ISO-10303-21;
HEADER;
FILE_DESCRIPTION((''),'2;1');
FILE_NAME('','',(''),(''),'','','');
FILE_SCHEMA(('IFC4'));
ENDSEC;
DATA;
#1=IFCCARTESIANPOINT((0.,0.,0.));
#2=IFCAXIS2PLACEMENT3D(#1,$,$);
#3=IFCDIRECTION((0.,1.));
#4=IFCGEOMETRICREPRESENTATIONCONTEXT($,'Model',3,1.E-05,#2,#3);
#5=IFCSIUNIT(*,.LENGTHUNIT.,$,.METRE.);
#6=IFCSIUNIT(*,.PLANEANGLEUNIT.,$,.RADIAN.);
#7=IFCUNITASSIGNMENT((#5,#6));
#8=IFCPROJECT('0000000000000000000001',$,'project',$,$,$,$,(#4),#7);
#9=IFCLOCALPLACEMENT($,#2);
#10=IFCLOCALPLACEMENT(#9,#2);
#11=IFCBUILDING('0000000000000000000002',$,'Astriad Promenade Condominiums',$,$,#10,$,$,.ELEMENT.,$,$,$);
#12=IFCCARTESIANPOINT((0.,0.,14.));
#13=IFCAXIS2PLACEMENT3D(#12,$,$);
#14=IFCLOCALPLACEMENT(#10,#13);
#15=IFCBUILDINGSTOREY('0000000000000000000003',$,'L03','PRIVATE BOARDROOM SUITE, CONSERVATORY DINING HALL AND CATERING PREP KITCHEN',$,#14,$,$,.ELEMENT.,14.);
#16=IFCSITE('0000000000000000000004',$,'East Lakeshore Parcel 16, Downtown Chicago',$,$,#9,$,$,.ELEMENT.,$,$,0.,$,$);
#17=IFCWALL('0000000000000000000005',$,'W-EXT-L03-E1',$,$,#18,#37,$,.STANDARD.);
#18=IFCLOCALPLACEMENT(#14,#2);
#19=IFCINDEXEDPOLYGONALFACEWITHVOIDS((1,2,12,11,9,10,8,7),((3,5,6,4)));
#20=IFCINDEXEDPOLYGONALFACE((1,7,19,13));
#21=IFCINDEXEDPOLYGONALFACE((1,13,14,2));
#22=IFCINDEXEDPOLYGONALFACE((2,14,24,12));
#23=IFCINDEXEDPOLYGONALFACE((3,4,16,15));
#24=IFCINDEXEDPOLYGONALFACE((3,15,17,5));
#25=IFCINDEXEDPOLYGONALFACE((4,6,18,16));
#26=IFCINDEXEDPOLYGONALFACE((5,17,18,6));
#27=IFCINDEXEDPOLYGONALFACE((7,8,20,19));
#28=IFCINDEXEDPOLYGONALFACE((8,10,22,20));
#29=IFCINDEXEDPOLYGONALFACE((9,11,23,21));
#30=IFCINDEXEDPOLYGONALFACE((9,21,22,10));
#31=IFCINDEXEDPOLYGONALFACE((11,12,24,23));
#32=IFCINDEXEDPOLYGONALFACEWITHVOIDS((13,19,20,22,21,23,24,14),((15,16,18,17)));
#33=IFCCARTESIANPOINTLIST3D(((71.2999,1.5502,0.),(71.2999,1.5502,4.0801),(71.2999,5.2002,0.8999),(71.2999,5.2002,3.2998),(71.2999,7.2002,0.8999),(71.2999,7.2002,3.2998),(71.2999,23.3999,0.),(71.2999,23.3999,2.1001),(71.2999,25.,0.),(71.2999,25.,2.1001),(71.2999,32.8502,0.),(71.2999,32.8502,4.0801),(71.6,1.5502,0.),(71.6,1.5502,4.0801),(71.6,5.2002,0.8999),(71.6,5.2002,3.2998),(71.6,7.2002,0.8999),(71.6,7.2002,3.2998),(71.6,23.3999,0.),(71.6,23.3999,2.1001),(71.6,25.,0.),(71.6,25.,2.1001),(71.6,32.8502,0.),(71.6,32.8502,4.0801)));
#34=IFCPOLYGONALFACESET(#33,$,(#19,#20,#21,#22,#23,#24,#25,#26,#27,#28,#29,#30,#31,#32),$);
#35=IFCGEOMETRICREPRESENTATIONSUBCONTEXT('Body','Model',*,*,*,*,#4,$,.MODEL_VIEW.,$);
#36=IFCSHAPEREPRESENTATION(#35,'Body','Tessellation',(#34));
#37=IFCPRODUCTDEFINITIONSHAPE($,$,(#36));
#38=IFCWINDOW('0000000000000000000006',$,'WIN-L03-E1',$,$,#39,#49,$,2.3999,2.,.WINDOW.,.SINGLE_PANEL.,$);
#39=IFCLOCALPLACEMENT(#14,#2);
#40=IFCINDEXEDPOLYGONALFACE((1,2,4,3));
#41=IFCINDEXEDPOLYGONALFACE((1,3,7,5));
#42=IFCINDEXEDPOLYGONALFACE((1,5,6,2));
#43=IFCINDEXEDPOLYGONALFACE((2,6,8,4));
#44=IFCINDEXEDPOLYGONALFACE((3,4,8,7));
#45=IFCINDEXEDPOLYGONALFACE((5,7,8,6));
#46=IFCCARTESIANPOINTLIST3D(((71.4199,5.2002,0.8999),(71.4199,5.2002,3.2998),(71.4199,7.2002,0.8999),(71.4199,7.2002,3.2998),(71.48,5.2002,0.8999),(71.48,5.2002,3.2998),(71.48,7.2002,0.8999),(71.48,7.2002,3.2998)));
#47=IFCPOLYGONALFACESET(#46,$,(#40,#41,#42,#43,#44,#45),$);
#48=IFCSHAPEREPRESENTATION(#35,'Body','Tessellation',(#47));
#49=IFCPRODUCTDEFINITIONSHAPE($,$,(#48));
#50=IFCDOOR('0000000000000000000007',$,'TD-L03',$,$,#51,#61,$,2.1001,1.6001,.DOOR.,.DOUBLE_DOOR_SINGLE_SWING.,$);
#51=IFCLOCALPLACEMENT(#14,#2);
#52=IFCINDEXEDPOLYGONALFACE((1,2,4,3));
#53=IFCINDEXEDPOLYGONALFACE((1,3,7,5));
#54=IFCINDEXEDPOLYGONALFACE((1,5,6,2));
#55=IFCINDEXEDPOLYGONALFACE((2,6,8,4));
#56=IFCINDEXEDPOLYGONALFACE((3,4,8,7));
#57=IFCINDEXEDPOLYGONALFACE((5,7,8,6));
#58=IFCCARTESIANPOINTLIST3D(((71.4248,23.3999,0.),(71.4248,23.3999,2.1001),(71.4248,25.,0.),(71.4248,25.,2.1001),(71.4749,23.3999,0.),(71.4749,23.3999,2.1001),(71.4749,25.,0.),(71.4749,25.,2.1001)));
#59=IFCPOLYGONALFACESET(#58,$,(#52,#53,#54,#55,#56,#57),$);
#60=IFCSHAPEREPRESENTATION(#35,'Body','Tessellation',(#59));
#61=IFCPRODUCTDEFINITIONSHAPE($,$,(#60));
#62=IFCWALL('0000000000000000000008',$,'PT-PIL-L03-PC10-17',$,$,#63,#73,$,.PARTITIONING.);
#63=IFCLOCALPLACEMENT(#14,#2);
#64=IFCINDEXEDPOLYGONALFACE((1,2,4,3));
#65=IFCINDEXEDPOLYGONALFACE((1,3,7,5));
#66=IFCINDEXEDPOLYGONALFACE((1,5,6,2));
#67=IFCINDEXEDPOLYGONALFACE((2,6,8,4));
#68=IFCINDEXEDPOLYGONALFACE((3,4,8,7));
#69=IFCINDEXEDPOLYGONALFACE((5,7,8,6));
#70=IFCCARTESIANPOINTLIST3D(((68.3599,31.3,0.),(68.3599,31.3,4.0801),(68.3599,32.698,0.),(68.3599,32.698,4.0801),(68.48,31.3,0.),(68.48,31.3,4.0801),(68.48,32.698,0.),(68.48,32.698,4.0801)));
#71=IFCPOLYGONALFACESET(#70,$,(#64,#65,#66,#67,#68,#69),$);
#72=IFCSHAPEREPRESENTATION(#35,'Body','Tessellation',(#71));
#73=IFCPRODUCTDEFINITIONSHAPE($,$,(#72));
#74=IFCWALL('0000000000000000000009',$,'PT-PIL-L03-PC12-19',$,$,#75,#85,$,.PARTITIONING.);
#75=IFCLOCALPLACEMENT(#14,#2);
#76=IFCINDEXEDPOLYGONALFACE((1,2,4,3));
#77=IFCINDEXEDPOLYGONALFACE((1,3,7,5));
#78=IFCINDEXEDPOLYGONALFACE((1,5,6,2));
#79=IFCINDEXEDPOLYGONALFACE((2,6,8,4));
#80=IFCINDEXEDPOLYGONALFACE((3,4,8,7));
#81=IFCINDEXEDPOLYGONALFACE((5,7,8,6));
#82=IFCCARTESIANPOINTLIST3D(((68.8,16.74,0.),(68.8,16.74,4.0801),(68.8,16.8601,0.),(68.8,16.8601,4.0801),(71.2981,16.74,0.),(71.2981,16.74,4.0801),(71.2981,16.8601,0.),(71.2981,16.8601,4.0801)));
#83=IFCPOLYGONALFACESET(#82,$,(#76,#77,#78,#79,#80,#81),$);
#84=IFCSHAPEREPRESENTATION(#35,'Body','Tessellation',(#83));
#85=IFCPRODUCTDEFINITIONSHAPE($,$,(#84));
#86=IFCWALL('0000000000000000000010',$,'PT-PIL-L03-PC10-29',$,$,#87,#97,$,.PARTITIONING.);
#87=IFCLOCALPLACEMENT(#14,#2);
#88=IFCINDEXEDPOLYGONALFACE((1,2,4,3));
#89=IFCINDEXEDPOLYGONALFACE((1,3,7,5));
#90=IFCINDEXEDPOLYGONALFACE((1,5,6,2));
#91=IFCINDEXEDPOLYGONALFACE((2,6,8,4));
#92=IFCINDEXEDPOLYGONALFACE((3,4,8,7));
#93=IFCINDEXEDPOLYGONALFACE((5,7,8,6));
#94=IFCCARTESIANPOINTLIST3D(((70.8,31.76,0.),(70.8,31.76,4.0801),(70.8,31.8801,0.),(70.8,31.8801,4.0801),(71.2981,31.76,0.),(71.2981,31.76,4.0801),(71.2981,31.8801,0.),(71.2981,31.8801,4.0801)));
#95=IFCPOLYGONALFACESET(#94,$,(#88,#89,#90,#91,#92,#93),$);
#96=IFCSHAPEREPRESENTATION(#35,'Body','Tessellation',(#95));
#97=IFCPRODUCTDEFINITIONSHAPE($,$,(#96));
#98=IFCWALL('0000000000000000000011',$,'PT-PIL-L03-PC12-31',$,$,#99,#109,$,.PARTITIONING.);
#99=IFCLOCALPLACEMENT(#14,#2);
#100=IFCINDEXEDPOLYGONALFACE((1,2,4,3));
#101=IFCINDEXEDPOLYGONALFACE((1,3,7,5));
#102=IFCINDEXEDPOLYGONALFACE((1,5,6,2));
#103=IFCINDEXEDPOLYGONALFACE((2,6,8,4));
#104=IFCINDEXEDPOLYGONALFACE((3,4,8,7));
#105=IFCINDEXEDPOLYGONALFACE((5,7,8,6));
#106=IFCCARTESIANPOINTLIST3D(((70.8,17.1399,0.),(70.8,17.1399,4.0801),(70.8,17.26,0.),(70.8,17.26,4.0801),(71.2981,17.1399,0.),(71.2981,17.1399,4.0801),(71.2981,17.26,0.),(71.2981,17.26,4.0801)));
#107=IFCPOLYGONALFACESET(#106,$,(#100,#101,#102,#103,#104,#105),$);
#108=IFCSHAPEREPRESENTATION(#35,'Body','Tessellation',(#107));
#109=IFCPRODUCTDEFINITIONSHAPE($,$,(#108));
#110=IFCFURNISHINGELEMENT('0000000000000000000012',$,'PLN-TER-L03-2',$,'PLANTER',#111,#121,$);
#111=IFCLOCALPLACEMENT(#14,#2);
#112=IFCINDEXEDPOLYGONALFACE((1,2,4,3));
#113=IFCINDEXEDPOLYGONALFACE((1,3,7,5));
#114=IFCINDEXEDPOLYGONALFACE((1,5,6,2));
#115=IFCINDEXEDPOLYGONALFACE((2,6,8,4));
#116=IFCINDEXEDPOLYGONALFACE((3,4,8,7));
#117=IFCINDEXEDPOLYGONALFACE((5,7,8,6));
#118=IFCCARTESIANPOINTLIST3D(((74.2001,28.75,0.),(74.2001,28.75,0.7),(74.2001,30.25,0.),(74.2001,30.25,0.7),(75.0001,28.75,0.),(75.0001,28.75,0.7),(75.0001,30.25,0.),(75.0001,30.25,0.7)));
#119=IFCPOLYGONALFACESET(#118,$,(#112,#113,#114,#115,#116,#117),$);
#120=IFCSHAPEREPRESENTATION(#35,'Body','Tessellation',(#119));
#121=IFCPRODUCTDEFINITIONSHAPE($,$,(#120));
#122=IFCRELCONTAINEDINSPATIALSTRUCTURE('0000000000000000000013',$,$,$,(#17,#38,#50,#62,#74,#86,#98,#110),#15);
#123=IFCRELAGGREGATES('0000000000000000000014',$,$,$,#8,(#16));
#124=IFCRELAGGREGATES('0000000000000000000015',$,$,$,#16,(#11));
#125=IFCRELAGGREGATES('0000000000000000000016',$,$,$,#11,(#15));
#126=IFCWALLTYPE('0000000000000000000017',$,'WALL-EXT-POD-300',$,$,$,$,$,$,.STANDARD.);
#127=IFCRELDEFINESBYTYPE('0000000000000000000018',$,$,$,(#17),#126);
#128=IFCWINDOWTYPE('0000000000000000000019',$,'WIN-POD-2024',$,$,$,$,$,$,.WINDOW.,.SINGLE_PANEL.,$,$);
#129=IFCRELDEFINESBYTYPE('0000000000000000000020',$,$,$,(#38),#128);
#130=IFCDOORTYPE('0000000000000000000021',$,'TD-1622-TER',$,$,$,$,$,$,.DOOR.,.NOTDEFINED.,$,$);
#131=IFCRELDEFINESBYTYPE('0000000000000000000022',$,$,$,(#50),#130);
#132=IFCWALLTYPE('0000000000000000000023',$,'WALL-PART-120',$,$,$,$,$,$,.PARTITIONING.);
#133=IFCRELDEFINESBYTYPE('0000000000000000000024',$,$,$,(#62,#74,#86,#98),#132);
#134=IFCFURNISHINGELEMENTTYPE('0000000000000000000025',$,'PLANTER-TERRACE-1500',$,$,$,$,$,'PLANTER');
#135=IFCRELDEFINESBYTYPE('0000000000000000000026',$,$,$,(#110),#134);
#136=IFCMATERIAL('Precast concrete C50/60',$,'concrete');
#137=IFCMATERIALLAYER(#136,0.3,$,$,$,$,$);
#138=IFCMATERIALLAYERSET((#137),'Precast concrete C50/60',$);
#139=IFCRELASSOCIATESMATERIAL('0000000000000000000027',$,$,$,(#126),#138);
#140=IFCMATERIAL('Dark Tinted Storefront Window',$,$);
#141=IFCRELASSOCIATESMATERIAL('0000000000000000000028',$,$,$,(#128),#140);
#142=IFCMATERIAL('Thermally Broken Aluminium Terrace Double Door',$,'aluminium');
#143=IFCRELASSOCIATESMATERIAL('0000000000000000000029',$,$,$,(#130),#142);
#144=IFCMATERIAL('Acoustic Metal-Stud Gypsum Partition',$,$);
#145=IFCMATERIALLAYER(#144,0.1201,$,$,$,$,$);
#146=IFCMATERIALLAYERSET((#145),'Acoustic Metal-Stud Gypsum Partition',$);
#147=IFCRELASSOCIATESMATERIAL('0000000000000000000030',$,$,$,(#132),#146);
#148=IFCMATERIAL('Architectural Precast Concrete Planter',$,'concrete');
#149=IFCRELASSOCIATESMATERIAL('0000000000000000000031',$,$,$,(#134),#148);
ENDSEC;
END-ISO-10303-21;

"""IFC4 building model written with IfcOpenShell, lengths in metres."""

from ifc_helpers import new_model, si_unit, direction, frame, frame_2d, origin, origin_2d, place, context, subcontext, project, spatial, rectangle, extrude, source, transform, mapped, material, layer, layer_set, type_object, type_shapes, element, fill, save


model = new_model("IFC4")

# Units and contexts
model_context = context("Model", 3, precision=1e-05, world=origin(), true_north=direction((0.0, 1.0)))
body_context = subcontext(model_context, "Body", "Model", "MODEL_VIEW")
ifc_project = project(units=[si_unit("LENGTHUNIT", "METRE"), si_unit("PLANEANGLEUNIT", "RADIAN")], contexts=[model_context])

# Site, building, storey
site_placement = place(None, origin())
site = spatial("IfcSite", under=ifc_project, at=site_placement, Name="East Lakeshore Parcel 16, Downtown Chicago", CompositionType="ELEMENT", RefElevation=0.0)
building_placement = place(site_placement, origin())
building = spatial("IfcBuilding", under=site, at=building_placement, Name="Astriad Promenade Condominiums", CompositionType="ELEMENT")
storey_placement = place(building_placement, frame((0.0, 0.0, 14.0)))
storey = spatial("IfcBuildingStorey", under=building, at=storey_placement, Name="L03", Description="PRIVATE BOARDROOM SUITE, CONSERVATORY DINING HALL AND CATERING PREP KITCHEN", CompositionType="ELEMENT", Elevation=14.0)

# Shared definitions
ifc_material_1 = material(Name="Precast concrete C50/60", Category="concrete")
ifc_layer_1 = layer(ifc_material_1, 0.3)
ifc_layer_set_1 = layer_set([ifc_layer_1], Name="Precast concrete C50/60")
wall_type_1 = type_object("IfcWallType", Name="WALL-EXT-POD-300", PredefinedType="STANDARD", material=ifc_layer_set_1)

# Wall, openings, window, door
wall_1_placement = place(storey_placement, frame((71.45, 32.8501, 0.0), z_axis=(0.0, 0.0, 1.0), x_axis=(0.0, -1.0, 0.0)))
wall_1 = element("IfcWall", 1, at=wall_1_placement, inside=storey, type_object=wall_type_1, Name="W-EXT-L03-E1", PredefinedType="STANDARD", context=body_context, shape_type="SweptSolid", body=[
    extrude(rectangle(XDim=31.3, YDim=0.3, at=frame_2d((15.6499, 0.0))), origin(), (0.0, 0.0, 1.0), 4.0801),
])
opening_1_placement = place(wall_1_placement, frame((7.8501, 0.0, 0.0)))
opening_1 = element("IfcOpeningElement", 2, at=opening_1_placement, cuts=wall_1, PredefinedType="OPENING", context=body_context, shape_type="SweptSolid", body=[
    extrude(rectangle(XDim=1.6001, YDim=2.1001, at=frame_2d((0.8, 1.05))), frame((0.0, 0.1599, 0.0), z_axis=(0.0, -1.0, 0.0), x_axis=(1.0, 0.0, 0.0)), (0.0, 0.0, 1.0), 0.3201),
])
opening_2_placement = place(wall_1_placement, frame((25.6499, 0.0, 0.8999)))
opening_2 = element("IfcOpeningElement", 3, at=opening_2_placement, cuts=wall_1, PredefinedType="OPENING", context=body_context, shape_type="SweptSolid", body=[
    extrude(rectangle(XDim=2.0, YDim=2.3999, at=frame_2d((1.0, 1.2))), frame((0.0, 0.1599, 0.0), z_axis=(0.0, -1.0, 0.0), x_axis=(1.0, 0.0, 0.0)), (0.0, 0.0, 1.0), 0.3201),
])
ifc_material_2 = material(Name="Dark Tinted Storefront Window")
window_type = type_object("IfcWindowType", Name="WIN-POD-2024", PartitioningType="SINGLE_PANEL", PredefinedType="WINDOW", material=ifc_material_2)
shared_shape_1 = source(origin(), body_context, "Body", "SweptSolid", [
    extrude(rectangle(XDim=2.0, YDim=2.3999, at=frame_2d((1.0, 1.2))), frame((0.0, 0.03, 0.0), z_axis=(0.0, -1.0, 0.0), x_axis=(1.0, 0.0, 0.0)), (0.0, 0.0, 1.0), 0.0601),
])
type_shapes(window_type, [shared_shape_1])
window_placement = place(opening_2_placement, origin())
window = element("IfcWindow", 4, at=window_placement, inside=storey, type_object=window_type, Name="WIN-L03-E1", OverallHeight=2.3999, OverallWidth=2.0, PartitioningType="SINGLE_PANEL", PredefinedType="WINDOW", context=body_context, shape_type="MappedRepresentation", body=[
    mapped(shared_shape_1, transform((0.0, 0.0, 0.0), scale=1.0)),
])
fill(opening_2, window)
ifc_material_3 = material(Name="Thermally Broken Aluminium Terrace Double Door", Category="aluminium")
door_type = type_object("IfcDoorType", Name="TD-1622-TER", OperationType="NOTDEFINED", PredefinedType="DOOR", material=ifc_material_3)
shared_shape_2 = source(origin(), body_context, "Body", "SweptSolid", [
    extrude(rectangle(XDim=1.6001, YDim=2.1001, at=frame_2d((0.8, 1.05))), frame((0.0, 0.0249, 0.0), z_axis=(0.0, -1.0, 0.0), x_axis=(1.0, 0.0, 0.0)), (0.0, 0.0, 1.0), 0.05),
])
type_shapes(door_type, [shared_shape_2])
door_placement = place(opening_1_placement, origin())
door = element("IfcDoor", 5, at=door_placement, inside=storey, type_object=door_type, Name="TD-L03", OperationType="DOUBLE_DOOR_SINGLE_SWING", OverallHeight=2.1001, OverallWidth=1.6001, PredefinedType="DOOR", context=body_context, shape_type="MappedRepresentation", body=[
    mapped(shared_shape_2, transform((0.0, 0.0, 0.0), scale=1.0)),
])
fill(opening_1, door)

# Walls
ifc_material_4 = material(Name="Acoustic Metal-Stud Gypsum Partition")
ifc_layer_2 = layer(ifc_material_4, 0.1201)
ifc_layer_set_2 = layer_set([ifc_layer_2], Name="Acoustic Metal-Stud Gypsum Partition")
wall_type_2 = type_object("IfcWallType", Name="WALL-PART-120", PredefinedType="PARTITIONING", material=ifc_layer_set_2)
wall_2_placement = place(storey_placement, frame((68.4199, 31.3, 0.0), z_axis=(0.0, 0.0, 1.0), x_axis=(0.0, 1.0, 0.0)))
element("IfcWall", 6, at=wall_2_placement, inside=storey, type_object=wall_type_2, Name="PT-PIL-L03-PC10-17", PredefinedType="PARTITIONING", context=body_context, shape_type="SweptSolid", body=[
    extrude(rectangle(XDim=1.3979, YDim=0.1201, at=frame_2d((0.699, 0.0))), origin(), (0.0, 0.0, 1.0), 4.0801),
])
wall_3_placement = place(storey_placement, frame((68.8, 16.8, 0.0), z_axis=(0.0, 0.0, 1.0), x_axis=(1.0, 0.0, 0.0)))
element("IfcWall", 7, at=wall_3_placement, inside=storey, type_object=wall_type_2, Name="PT-PIL-L03-PC12-19", PredefinedType="PARTITIONING", context=body_context, shape_type="SweptSolid", body=[
    extrude(rectangle(XDim=2.498, YDim=0.1201, at=frame_2d((1.249, 0.0))), origin(), (0.0, 0.0, 1.0), 4.0801),
])
for number, where, z_axis, x_axis, name in (
    (8, (70.8, 31.8201, 0.0), (0.0, 0.0, 1.0), (1.0, 0.0, 0.0), "PT-PIL-L03-PC10-29"),
    (9, (70.8, 17.2, 0.0), (0.0, 0.0, 1.0), (1.0, 0.0, 0.0), "PT-PIL-L03-PC12-31"),
):
    element("IfcWall", number, at=place(storey_placement, frame(where, z_axis=z_axis, x_axis=x_axis)), inside=storey, type_object=wall_type_2, Name=name, PredefinedType="PARTITIONING", context=body_context, shape_type="SweptSolid", body=[
        extrude(rectangle(XDim=0.498, YDim=0.1201, at=frame_2d((0.249, 0.0))), origin(), (0.0, 0.0, 1.0), 4.0801),
    ])

# Furnishing element
ifc_material_5 = material(Name="Architectural Precast Concrete Planter", Category="concrete")
furnishing_element_type = type_object("IfcFurnishingElementType", Name="PLANTER-TERRACE-1500", ElementType="PLANTER", material=ifc_material_5)
shared_shape_3 = source(origin(), body_context, "Body", "SweptSolid", [
    extrude(rectangle(XDim=0.8, YDim=1.5, at=origin_2d()), origin(), (0.0, 0.0, 1.0), 0.7),
])
type_shapes(furnishing_element_type, [shared_shape_3])
furnishing_placement = place(storey_placement, frame((74.6001, 29.5, 0.0), z_axis=(0.0, 0.0, 1.0), x_axis=(1.0, 0.0, 0.0)))
element("IfcFurnishingElement", 10, at=furnishing_placement, inside=storey, type_object=furnishing_element_type, Name="PLN-TER-L03-2", ObjectType="PLANTER", context=body_context, shape_type="MappedRepresentation", body=[
    mapped(shared_shape_3, transform((0.0, 0.0, 0.0), scale=1.0)),
])

save(model, "model.ifc")
